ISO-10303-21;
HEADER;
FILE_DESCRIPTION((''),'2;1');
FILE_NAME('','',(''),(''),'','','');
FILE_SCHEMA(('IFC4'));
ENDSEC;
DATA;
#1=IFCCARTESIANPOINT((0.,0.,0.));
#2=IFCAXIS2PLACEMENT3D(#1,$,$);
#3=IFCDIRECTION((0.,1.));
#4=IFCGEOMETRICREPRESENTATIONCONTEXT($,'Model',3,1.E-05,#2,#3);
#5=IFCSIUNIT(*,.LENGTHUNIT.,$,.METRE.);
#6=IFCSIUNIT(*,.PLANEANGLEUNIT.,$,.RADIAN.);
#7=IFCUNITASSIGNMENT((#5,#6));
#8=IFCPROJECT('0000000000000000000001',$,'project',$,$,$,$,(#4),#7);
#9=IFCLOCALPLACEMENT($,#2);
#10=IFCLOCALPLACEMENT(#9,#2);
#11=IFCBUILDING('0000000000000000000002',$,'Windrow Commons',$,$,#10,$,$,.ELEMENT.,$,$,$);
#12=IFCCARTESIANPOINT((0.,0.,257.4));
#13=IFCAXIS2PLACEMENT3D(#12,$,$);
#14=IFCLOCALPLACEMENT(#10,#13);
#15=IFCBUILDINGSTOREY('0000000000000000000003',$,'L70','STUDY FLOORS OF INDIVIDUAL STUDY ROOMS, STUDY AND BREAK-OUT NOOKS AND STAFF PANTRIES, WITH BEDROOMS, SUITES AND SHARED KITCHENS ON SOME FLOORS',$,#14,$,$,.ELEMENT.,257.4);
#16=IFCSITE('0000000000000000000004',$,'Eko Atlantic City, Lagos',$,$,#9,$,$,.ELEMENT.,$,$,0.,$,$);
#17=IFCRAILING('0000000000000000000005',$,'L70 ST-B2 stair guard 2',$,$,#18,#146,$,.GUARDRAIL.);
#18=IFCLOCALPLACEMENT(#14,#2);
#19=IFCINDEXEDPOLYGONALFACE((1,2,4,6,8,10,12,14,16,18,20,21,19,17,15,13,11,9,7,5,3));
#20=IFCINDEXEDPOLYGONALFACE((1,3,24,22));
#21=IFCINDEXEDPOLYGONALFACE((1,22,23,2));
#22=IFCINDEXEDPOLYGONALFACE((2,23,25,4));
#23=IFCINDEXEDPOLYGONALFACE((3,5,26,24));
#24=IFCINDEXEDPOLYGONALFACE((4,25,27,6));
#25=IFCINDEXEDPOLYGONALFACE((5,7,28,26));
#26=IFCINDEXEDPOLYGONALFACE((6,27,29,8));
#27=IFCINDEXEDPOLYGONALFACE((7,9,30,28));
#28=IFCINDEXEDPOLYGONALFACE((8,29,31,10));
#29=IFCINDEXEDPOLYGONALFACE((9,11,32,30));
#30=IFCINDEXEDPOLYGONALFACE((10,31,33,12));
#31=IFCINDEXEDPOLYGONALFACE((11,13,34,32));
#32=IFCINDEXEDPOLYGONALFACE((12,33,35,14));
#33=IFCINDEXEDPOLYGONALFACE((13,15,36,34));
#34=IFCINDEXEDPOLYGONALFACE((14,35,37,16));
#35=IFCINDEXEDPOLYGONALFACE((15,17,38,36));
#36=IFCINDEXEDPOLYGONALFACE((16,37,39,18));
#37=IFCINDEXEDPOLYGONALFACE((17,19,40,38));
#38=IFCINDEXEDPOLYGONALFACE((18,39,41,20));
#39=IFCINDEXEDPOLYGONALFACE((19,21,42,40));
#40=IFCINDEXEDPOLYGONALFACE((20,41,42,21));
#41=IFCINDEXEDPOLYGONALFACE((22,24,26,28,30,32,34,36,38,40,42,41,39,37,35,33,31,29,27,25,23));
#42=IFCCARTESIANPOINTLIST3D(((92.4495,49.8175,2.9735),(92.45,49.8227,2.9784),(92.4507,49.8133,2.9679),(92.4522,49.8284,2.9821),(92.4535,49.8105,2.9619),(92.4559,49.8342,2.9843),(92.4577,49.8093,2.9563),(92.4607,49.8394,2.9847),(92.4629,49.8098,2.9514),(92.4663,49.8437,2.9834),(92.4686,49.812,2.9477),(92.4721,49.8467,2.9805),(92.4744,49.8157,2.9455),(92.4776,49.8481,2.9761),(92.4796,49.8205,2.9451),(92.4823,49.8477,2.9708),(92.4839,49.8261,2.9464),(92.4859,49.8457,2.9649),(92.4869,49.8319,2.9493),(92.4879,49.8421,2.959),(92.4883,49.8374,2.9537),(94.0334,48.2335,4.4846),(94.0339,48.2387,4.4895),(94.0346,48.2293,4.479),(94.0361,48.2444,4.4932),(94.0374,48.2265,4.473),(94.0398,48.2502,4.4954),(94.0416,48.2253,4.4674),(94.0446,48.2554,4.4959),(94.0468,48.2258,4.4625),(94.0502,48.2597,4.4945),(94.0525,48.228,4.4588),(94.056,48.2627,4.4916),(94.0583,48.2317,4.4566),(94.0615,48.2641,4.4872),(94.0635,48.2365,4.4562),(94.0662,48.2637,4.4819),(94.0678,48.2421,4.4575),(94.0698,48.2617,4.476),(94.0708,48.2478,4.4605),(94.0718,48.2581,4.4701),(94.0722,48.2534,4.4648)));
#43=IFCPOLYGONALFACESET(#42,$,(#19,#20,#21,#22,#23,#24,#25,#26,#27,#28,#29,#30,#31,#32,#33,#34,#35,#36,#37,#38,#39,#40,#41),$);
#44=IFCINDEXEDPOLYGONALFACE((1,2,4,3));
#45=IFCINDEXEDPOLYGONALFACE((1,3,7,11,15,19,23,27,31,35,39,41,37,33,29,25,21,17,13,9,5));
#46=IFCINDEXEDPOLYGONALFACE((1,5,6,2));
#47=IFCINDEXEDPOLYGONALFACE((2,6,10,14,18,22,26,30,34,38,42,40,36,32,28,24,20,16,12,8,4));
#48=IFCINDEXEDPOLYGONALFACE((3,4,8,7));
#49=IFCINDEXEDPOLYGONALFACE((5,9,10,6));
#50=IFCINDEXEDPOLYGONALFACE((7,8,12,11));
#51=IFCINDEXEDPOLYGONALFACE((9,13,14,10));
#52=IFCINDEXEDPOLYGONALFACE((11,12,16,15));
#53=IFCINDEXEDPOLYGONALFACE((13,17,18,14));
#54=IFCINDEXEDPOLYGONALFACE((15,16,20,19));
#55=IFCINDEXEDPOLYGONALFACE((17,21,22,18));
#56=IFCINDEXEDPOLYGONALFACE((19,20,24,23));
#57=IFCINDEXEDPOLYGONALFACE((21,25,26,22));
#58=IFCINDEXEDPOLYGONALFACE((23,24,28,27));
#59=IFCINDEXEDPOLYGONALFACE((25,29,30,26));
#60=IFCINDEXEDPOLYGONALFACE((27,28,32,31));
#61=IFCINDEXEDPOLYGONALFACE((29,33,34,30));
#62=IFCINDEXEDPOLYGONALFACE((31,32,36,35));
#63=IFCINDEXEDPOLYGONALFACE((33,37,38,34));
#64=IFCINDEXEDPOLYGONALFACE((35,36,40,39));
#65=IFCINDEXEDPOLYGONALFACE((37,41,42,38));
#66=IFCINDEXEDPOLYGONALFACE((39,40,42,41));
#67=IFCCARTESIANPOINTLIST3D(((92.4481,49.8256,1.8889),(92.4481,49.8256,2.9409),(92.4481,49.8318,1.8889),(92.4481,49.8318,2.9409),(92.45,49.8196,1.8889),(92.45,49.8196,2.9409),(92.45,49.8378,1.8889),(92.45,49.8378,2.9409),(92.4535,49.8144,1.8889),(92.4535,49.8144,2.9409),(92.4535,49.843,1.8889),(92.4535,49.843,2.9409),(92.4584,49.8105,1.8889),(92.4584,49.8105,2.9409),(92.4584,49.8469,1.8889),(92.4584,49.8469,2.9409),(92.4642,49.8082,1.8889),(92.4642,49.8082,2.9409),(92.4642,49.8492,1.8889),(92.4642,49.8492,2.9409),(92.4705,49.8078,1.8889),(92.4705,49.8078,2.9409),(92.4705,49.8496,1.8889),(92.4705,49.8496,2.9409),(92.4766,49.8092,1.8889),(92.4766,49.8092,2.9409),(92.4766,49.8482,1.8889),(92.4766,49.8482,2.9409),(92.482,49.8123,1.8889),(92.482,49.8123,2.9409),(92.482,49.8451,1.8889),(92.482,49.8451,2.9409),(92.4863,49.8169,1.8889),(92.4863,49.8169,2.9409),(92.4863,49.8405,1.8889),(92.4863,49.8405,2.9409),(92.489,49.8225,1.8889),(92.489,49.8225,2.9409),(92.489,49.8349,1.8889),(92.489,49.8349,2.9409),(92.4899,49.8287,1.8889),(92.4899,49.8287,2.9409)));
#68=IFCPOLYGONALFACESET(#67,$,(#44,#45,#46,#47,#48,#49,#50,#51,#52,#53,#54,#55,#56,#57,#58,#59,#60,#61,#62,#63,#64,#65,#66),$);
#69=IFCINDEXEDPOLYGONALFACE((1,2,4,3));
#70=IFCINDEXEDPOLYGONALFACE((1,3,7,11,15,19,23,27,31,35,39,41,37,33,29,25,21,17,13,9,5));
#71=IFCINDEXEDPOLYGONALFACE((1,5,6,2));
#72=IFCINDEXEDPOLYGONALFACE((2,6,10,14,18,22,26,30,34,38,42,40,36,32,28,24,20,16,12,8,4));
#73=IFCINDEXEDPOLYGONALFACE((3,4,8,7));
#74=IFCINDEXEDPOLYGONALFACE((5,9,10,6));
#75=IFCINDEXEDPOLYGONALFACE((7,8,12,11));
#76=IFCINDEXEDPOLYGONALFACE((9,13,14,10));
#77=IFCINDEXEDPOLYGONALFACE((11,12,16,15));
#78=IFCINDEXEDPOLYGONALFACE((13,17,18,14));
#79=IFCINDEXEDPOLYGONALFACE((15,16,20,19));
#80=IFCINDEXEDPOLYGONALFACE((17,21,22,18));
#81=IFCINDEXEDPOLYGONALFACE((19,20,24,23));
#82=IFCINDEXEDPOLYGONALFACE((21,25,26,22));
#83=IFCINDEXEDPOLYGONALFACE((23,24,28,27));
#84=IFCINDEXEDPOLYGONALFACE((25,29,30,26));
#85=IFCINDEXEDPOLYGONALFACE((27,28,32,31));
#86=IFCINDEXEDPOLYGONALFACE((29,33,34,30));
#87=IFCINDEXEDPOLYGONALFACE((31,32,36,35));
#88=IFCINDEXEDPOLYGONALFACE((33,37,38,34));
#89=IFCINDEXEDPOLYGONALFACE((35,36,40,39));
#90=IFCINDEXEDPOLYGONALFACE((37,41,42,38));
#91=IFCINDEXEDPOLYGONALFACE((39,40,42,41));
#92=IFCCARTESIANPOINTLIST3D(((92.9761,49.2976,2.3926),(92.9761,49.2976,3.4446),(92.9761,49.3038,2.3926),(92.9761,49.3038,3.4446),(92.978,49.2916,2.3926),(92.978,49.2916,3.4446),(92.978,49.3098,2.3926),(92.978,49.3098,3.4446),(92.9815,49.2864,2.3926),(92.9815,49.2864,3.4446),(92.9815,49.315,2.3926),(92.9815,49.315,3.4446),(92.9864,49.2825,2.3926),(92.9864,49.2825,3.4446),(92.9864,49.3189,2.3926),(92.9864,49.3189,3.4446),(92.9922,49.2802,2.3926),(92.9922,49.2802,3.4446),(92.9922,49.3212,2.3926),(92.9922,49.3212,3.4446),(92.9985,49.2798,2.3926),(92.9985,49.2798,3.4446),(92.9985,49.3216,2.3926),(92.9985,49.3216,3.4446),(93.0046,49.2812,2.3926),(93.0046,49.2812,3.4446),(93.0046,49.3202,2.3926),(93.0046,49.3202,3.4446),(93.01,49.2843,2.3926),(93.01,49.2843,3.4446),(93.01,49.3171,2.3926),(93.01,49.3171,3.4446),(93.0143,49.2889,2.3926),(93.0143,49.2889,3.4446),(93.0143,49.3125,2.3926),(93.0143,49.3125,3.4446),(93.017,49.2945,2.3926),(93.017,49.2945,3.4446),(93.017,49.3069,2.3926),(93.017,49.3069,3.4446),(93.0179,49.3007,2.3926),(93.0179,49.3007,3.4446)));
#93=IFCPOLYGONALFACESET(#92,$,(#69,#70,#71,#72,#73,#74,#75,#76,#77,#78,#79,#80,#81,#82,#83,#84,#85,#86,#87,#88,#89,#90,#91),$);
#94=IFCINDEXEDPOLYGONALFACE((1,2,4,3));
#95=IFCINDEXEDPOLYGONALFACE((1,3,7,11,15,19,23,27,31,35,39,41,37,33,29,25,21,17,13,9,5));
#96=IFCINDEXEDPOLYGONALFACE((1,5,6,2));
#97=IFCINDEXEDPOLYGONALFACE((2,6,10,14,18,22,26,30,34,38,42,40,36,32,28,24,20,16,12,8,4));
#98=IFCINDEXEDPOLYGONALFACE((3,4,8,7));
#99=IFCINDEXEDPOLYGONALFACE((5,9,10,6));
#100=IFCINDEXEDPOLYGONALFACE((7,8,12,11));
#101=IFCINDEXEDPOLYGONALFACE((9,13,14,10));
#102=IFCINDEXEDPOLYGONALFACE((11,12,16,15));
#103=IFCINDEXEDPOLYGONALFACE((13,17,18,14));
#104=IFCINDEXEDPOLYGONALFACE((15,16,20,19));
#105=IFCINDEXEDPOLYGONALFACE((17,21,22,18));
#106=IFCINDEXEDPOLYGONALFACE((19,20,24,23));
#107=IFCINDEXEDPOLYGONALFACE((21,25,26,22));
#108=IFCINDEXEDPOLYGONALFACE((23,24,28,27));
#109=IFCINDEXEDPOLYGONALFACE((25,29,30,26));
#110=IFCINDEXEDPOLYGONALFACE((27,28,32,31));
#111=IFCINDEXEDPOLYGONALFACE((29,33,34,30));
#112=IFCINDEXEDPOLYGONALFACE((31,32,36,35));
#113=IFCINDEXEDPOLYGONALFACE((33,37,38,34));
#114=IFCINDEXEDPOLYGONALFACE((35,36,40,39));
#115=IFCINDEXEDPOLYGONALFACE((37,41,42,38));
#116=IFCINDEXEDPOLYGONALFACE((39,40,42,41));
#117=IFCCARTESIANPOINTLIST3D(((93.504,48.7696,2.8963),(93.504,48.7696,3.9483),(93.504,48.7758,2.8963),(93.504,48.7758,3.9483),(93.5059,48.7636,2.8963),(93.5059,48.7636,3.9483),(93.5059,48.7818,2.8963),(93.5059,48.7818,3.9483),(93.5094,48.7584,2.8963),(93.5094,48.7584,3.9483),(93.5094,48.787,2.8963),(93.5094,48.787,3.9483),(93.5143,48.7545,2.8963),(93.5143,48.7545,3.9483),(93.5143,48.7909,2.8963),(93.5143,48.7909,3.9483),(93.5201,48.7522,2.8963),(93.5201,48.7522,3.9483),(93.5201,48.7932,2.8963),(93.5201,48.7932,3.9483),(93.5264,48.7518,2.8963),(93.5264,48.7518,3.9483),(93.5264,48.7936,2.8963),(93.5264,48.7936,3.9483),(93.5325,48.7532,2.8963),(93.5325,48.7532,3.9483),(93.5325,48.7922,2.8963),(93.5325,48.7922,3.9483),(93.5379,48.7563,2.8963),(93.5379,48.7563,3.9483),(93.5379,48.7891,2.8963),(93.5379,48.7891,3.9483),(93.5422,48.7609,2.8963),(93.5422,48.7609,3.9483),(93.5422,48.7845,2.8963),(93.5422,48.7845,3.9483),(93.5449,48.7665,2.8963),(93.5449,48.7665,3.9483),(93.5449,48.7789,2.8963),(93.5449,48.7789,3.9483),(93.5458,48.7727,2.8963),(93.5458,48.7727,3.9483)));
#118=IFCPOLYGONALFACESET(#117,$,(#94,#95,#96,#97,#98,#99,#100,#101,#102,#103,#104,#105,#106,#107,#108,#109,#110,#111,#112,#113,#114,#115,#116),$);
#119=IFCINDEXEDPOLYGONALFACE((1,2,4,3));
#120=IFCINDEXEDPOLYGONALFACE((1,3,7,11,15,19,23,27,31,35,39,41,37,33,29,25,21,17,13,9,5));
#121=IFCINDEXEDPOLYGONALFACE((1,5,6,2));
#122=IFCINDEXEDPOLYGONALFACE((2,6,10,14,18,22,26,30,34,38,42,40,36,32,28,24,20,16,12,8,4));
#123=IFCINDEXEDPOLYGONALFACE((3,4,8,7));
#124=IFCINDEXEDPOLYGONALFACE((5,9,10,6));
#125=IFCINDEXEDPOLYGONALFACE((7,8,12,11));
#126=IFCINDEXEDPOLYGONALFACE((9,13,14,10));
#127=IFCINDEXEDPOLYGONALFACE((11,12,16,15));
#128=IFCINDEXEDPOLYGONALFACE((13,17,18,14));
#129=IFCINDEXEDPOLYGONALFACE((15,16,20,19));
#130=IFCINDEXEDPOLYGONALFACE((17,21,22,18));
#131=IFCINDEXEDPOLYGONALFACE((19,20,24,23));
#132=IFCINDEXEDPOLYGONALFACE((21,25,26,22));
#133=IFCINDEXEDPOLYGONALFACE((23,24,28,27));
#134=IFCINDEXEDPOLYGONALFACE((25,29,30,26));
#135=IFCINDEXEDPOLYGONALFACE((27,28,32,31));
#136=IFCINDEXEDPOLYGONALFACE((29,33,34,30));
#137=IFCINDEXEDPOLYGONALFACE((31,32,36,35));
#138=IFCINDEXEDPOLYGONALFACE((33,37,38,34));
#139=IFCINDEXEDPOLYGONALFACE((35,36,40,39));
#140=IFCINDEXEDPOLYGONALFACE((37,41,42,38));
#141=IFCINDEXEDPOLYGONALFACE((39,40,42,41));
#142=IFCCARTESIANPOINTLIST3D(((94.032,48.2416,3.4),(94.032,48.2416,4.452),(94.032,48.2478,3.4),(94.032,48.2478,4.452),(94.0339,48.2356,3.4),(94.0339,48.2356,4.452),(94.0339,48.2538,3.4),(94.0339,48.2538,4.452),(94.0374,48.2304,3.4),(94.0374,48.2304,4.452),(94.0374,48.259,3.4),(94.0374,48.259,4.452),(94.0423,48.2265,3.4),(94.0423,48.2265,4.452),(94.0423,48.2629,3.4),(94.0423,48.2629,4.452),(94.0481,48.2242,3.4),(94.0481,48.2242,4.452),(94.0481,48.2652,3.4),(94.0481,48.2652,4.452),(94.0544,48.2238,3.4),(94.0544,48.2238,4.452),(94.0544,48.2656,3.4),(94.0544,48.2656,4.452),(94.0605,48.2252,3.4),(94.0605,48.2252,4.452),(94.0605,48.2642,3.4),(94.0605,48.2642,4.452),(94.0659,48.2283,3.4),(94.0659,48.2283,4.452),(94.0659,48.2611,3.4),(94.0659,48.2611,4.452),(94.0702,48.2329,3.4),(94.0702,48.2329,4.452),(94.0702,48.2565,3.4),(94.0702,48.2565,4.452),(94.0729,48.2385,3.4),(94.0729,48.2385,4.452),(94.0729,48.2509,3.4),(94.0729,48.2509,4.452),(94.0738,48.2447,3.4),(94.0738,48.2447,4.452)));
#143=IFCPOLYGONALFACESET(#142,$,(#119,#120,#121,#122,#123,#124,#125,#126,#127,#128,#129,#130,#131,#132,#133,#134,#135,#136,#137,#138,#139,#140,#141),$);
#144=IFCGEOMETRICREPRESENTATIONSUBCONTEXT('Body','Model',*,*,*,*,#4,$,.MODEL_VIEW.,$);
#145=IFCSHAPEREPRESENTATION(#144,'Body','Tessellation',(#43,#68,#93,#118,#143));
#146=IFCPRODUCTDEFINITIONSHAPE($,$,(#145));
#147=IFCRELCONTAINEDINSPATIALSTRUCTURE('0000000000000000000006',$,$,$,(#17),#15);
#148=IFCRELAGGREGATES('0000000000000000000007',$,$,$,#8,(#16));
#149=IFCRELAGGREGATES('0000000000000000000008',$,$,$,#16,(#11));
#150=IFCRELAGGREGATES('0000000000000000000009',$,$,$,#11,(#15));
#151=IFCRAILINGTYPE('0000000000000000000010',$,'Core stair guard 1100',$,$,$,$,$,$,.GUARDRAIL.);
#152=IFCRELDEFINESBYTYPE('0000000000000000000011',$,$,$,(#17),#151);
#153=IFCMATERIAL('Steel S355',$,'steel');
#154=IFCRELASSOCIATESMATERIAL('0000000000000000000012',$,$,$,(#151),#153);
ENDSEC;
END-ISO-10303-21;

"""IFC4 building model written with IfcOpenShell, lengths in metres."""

from ifc_helpers import new_model, si_unit, direction, frame, origin, origin_2d, place, context, subcontext, project, spatial, circle, extrude, material, type_object, element, save


model = new_model("IFC4")

# Units and contexts
model_context = context("Model", 3, precision=1e-05, world=origin(), true_north=direction((0.0, 1.0)))
body_context = subcontext(model_context, "Body", "Model", "MODEL_VIEW")
ifc_project = project(units=[si_unit("LENGTHUNIT", "METRE"), si_unit("PLANEANGLEUNIT", "RADIAN")], contexts=[model_context])

# Site, building, storey
site_placement = place(None, origin())
site = spatial("IfcSite", under=ifc_project, at=site_placement, Name="Eko Atlantic City, Lagos", CompositionType="ELEMENT", RefElevation=0.0)
building_placement = place(site_placement, origin())
building = spatial("IfcBuilding", under=site, at=building_placement, Name="Windrow Commons", CompositionType="ELEMENT")
storey_placement = place(building_placement, frame((0.0, 0.0, 257.4)))
storey = spatial("IfcBuildingStorey", under=building, at=storey_placement, Name="L70", Description="STUDY FLOORS OF INDIVIDUAL STUDY ROOMS, STUDY AND BREAK-OUT NOOKS AND STAFF PANTRIES, WITH BEDROOMS, SUITES AND SHARED KITCHENS ON SOME FLOORS", CompositionType="ELEMENT", Elevation=257.4)

# Railing
ifc_material_1 = material(Name="Steel S355", Category="steel")
railing_type_1 = type_object("IfcRailingType", Name="Core stair guard 1100", PredefinedType="GUARDRAIL", material=ifc_material_1)
railing_1_placement = place(storey_placement, frame((92.4689, 49.8287, 1.8889)))
element("IfcRailing", 1, at=railing_1_placement, inside=storey, type_object=railing_type_1, Name="L70 ST-B2 stair guard 2", PredefinedType="GUARDRAIL", context=body_context, shape_type="SweptSolid", body=[
    extrude(circle(Radius=0.024, at=origin_2d()), frame((0.0, 0.0, 1.076), z_axis=(0.586179, -0.586216, 0.559237), x_axis=(0.707129, 0.707084, 0.0)), (0.0, 0.0, 1.0), 2.7021),
    extrude(circle(Radius=0.021, at=origin_2d()), origin(), (0.0, 0.0, 1.0), 1.052),
    extrude(circle(Radius=0.021, at=origin_2d()), frame((0.528, -0.528, 0.5037)), (0.0, 0.0, 1.0), 1.052),
    extrude(circle(Radius=0.021, at=origin_2d()), frame((1.0559, -1.056, 1.0074)), (0.0, 0.0, 1.0), 1.052),
    extrude(circle(Radius=0.021, at=origin_2d()), frame((1.5839, -1.584, 1.5111)), (0.0, 0.0, 1.0), 1.052),
])

save(model, "model.ifc")
